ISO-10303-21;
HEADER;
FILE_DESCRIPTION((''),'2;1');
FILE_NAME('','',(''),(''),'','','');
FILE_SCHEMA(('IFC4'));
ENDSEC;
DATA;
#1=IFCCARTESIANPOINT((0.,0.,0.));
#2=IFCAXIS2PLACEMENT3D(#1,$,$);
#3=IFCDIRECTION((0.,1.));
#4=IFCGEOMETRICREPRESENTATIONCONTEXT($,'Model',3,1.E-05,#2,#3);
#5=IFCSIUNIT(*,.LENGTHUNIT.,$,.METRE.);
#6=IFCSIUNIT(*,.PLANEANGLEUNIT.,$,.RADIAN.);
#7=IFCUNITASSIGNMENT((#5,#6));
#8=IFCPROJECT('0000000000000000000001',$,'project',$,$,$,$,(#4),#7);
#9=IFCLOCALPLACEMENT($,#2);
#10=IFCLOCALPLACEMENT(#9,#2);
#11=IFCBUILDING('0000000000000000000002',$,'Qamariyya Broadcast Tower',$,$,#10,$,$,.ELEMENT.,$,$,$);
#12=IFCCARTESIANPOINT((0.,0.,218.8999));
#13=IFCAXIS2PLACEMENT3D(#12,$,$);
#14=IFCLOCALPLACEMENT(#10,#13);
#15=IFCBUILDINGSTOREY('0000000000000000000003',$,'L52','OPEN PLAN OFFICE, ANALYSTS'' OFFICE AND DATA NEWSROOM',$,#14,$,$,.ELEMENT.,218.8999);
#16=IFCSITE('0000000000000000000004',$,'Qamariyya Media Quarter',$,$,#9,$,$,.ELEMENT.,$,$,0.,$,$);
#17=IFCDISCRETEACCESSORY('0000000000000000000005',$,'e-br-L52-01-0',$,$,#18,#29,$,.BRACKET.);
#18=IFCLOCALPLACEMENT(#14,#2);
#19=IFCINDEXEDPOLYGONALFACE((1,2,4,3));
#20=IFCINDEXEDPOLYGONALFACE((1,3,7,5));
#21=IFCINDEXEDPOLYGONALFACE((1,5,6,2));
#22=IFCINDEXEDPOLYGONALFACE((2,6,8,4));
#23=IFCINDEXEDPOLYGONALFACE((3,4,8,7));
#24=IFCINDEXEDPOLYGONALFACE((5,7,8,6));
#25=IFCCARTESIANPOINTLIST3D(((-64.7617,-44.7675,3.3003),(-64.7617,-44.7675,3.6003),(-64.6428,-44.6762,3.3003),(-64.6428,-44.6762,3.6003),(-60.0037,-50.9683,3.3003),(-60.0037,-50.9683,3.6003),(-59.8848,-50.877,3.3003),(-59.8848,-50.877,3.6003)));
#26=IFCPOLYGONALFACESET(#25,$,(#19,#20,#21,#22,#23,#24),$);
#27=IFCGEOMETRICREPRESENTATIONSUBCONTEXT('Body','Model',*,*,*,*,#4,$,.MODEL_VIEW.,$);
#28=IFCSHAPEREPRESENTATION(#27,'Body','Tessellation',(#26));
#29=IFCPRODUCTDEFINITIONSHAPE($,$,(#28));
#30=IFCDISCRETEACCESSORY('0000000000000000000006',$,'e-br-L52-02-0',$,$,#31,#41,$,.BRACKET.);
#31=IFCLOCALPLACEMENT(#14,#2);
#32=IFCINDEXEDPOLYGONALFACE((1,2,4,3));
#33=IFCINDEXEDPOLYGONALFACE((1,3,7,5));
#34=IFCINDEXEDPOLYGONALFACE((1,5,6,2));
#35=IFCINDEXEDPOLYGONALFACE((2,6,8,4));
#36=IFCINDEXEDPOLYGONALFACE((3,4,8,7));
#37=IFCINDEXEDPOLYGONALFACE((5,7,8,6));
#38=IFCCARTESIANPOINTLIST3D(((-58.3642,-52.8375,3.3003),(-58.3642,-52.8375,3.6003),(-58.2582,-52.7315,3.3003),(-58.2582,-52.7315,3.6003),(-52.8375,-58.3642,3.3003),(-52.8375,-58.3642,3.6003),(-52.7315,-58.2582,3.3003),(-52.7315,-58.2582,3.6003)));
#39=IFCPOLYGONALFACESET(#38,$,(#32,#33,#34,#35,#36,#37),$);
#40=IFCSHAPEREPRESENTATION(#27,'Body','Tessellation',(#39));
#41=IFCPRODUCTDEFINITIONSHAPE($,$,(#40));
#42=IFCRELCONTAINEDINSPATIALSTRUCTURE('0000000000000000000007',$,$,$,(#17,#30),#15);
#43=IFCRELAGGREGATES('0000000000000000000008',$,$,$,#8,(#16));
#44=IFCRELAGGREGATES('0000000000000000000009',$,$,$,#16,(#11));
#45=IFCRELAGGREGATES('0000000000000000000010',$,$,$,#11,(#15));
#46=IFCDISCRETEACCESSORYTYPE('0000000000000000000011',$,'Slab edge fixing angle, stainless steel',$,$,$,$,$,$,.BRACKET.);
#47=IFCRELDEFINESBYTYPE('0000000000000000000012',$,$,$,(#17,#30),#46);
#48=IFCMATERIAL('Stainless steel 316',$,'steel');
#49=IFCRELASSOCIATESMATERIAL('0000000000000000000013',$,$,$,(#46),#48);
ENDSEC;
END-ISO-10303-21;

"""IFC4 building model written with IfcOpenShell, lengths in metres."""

from ifc_helpers import new_model, si_unit, direction, frame, origin, origin_2d, place, context, subcontext, project, spatial, rectangle, extrude, material, type_object, element, save


model = new_model("IFC4")

# Units and contexts
model_context = context("Model", 3, precision=1e-05, world=origin(), true_north=direction((0.0, 1.0)))
body_context = subcontext(model_context, "Body", "Model", "MODEL_VIEW")
ifc_project = project(units=[si_unit("LENGTHUNIT", "METRE"), si_unit("PLANEANGLEUNIT", "RADIAN")], contexts=[model_context])

# Site, building, storey
site_placement = place(None, origin())
site = spatial("IfcSite", under=ifc_project, at=site_placement, Name="Qamariyya Media Quarter", CompositionType="ELEMENT", RefElevation=0.0)
building_placement = place(site_placement, origin())
building = spatial("IfcBuilding", under=site, at=building_placement, Name="Qamariyya Broadcast Tower", CompositionType="ELEMENT")
storey_placement = place(building_placement, frame((0.0, 0.0, 218.8999)))
storey = spatial("IfcBuildingStorey", under=building, at=storey_placement, Name="L52", Description="OPEN PLAN OFFICE, ANALYSTS' OFFICE AND DATA NEWSROOM", CompositionType="ELEMENT", Elevation=218.8999)

# Discrete accessories
ifc_material_1 = material(Name="Stainless steel 316", Category="steel")
discrete_accessory_type = type_object("IfcDiscreteAccessoryType", Name="Slab edge fixing angle, stainless steel", PredefinedType="BRACKET", material=ifc_material_1)
for number, where, z_axis, x_axis, name in (
    (1, (-62.3232, -47.8223, 3.3003), (0.0, 0.0, 1.0), (0.608761, -0.793353, 0.0), "e-br-L52-01-0"),
    (2, (-55.5479, -55.5479, 3.3003), (0.0, 0.0, 1.0), (0.707107, -0.707107, 0.0), "e-br-L52-02-0"),
):
    element("IfcDiscreteAccessory", number, at=place(storey_placement, frame(where, z_axis=z_axis, x_axis=x_axis)), inside=storey, type_object=discrete_accessory_type, Name=name, PredefinedType="BRACKET", context=body_context, shape_type="SweptSolid", body=[
        extrude(rectangle(XDim=7.8159, YDim=0.1499, at=origin_2d()), origin(), (0.0, 0.0, 1.0), 0.3),
    ])

save(model, "model.ifc")
